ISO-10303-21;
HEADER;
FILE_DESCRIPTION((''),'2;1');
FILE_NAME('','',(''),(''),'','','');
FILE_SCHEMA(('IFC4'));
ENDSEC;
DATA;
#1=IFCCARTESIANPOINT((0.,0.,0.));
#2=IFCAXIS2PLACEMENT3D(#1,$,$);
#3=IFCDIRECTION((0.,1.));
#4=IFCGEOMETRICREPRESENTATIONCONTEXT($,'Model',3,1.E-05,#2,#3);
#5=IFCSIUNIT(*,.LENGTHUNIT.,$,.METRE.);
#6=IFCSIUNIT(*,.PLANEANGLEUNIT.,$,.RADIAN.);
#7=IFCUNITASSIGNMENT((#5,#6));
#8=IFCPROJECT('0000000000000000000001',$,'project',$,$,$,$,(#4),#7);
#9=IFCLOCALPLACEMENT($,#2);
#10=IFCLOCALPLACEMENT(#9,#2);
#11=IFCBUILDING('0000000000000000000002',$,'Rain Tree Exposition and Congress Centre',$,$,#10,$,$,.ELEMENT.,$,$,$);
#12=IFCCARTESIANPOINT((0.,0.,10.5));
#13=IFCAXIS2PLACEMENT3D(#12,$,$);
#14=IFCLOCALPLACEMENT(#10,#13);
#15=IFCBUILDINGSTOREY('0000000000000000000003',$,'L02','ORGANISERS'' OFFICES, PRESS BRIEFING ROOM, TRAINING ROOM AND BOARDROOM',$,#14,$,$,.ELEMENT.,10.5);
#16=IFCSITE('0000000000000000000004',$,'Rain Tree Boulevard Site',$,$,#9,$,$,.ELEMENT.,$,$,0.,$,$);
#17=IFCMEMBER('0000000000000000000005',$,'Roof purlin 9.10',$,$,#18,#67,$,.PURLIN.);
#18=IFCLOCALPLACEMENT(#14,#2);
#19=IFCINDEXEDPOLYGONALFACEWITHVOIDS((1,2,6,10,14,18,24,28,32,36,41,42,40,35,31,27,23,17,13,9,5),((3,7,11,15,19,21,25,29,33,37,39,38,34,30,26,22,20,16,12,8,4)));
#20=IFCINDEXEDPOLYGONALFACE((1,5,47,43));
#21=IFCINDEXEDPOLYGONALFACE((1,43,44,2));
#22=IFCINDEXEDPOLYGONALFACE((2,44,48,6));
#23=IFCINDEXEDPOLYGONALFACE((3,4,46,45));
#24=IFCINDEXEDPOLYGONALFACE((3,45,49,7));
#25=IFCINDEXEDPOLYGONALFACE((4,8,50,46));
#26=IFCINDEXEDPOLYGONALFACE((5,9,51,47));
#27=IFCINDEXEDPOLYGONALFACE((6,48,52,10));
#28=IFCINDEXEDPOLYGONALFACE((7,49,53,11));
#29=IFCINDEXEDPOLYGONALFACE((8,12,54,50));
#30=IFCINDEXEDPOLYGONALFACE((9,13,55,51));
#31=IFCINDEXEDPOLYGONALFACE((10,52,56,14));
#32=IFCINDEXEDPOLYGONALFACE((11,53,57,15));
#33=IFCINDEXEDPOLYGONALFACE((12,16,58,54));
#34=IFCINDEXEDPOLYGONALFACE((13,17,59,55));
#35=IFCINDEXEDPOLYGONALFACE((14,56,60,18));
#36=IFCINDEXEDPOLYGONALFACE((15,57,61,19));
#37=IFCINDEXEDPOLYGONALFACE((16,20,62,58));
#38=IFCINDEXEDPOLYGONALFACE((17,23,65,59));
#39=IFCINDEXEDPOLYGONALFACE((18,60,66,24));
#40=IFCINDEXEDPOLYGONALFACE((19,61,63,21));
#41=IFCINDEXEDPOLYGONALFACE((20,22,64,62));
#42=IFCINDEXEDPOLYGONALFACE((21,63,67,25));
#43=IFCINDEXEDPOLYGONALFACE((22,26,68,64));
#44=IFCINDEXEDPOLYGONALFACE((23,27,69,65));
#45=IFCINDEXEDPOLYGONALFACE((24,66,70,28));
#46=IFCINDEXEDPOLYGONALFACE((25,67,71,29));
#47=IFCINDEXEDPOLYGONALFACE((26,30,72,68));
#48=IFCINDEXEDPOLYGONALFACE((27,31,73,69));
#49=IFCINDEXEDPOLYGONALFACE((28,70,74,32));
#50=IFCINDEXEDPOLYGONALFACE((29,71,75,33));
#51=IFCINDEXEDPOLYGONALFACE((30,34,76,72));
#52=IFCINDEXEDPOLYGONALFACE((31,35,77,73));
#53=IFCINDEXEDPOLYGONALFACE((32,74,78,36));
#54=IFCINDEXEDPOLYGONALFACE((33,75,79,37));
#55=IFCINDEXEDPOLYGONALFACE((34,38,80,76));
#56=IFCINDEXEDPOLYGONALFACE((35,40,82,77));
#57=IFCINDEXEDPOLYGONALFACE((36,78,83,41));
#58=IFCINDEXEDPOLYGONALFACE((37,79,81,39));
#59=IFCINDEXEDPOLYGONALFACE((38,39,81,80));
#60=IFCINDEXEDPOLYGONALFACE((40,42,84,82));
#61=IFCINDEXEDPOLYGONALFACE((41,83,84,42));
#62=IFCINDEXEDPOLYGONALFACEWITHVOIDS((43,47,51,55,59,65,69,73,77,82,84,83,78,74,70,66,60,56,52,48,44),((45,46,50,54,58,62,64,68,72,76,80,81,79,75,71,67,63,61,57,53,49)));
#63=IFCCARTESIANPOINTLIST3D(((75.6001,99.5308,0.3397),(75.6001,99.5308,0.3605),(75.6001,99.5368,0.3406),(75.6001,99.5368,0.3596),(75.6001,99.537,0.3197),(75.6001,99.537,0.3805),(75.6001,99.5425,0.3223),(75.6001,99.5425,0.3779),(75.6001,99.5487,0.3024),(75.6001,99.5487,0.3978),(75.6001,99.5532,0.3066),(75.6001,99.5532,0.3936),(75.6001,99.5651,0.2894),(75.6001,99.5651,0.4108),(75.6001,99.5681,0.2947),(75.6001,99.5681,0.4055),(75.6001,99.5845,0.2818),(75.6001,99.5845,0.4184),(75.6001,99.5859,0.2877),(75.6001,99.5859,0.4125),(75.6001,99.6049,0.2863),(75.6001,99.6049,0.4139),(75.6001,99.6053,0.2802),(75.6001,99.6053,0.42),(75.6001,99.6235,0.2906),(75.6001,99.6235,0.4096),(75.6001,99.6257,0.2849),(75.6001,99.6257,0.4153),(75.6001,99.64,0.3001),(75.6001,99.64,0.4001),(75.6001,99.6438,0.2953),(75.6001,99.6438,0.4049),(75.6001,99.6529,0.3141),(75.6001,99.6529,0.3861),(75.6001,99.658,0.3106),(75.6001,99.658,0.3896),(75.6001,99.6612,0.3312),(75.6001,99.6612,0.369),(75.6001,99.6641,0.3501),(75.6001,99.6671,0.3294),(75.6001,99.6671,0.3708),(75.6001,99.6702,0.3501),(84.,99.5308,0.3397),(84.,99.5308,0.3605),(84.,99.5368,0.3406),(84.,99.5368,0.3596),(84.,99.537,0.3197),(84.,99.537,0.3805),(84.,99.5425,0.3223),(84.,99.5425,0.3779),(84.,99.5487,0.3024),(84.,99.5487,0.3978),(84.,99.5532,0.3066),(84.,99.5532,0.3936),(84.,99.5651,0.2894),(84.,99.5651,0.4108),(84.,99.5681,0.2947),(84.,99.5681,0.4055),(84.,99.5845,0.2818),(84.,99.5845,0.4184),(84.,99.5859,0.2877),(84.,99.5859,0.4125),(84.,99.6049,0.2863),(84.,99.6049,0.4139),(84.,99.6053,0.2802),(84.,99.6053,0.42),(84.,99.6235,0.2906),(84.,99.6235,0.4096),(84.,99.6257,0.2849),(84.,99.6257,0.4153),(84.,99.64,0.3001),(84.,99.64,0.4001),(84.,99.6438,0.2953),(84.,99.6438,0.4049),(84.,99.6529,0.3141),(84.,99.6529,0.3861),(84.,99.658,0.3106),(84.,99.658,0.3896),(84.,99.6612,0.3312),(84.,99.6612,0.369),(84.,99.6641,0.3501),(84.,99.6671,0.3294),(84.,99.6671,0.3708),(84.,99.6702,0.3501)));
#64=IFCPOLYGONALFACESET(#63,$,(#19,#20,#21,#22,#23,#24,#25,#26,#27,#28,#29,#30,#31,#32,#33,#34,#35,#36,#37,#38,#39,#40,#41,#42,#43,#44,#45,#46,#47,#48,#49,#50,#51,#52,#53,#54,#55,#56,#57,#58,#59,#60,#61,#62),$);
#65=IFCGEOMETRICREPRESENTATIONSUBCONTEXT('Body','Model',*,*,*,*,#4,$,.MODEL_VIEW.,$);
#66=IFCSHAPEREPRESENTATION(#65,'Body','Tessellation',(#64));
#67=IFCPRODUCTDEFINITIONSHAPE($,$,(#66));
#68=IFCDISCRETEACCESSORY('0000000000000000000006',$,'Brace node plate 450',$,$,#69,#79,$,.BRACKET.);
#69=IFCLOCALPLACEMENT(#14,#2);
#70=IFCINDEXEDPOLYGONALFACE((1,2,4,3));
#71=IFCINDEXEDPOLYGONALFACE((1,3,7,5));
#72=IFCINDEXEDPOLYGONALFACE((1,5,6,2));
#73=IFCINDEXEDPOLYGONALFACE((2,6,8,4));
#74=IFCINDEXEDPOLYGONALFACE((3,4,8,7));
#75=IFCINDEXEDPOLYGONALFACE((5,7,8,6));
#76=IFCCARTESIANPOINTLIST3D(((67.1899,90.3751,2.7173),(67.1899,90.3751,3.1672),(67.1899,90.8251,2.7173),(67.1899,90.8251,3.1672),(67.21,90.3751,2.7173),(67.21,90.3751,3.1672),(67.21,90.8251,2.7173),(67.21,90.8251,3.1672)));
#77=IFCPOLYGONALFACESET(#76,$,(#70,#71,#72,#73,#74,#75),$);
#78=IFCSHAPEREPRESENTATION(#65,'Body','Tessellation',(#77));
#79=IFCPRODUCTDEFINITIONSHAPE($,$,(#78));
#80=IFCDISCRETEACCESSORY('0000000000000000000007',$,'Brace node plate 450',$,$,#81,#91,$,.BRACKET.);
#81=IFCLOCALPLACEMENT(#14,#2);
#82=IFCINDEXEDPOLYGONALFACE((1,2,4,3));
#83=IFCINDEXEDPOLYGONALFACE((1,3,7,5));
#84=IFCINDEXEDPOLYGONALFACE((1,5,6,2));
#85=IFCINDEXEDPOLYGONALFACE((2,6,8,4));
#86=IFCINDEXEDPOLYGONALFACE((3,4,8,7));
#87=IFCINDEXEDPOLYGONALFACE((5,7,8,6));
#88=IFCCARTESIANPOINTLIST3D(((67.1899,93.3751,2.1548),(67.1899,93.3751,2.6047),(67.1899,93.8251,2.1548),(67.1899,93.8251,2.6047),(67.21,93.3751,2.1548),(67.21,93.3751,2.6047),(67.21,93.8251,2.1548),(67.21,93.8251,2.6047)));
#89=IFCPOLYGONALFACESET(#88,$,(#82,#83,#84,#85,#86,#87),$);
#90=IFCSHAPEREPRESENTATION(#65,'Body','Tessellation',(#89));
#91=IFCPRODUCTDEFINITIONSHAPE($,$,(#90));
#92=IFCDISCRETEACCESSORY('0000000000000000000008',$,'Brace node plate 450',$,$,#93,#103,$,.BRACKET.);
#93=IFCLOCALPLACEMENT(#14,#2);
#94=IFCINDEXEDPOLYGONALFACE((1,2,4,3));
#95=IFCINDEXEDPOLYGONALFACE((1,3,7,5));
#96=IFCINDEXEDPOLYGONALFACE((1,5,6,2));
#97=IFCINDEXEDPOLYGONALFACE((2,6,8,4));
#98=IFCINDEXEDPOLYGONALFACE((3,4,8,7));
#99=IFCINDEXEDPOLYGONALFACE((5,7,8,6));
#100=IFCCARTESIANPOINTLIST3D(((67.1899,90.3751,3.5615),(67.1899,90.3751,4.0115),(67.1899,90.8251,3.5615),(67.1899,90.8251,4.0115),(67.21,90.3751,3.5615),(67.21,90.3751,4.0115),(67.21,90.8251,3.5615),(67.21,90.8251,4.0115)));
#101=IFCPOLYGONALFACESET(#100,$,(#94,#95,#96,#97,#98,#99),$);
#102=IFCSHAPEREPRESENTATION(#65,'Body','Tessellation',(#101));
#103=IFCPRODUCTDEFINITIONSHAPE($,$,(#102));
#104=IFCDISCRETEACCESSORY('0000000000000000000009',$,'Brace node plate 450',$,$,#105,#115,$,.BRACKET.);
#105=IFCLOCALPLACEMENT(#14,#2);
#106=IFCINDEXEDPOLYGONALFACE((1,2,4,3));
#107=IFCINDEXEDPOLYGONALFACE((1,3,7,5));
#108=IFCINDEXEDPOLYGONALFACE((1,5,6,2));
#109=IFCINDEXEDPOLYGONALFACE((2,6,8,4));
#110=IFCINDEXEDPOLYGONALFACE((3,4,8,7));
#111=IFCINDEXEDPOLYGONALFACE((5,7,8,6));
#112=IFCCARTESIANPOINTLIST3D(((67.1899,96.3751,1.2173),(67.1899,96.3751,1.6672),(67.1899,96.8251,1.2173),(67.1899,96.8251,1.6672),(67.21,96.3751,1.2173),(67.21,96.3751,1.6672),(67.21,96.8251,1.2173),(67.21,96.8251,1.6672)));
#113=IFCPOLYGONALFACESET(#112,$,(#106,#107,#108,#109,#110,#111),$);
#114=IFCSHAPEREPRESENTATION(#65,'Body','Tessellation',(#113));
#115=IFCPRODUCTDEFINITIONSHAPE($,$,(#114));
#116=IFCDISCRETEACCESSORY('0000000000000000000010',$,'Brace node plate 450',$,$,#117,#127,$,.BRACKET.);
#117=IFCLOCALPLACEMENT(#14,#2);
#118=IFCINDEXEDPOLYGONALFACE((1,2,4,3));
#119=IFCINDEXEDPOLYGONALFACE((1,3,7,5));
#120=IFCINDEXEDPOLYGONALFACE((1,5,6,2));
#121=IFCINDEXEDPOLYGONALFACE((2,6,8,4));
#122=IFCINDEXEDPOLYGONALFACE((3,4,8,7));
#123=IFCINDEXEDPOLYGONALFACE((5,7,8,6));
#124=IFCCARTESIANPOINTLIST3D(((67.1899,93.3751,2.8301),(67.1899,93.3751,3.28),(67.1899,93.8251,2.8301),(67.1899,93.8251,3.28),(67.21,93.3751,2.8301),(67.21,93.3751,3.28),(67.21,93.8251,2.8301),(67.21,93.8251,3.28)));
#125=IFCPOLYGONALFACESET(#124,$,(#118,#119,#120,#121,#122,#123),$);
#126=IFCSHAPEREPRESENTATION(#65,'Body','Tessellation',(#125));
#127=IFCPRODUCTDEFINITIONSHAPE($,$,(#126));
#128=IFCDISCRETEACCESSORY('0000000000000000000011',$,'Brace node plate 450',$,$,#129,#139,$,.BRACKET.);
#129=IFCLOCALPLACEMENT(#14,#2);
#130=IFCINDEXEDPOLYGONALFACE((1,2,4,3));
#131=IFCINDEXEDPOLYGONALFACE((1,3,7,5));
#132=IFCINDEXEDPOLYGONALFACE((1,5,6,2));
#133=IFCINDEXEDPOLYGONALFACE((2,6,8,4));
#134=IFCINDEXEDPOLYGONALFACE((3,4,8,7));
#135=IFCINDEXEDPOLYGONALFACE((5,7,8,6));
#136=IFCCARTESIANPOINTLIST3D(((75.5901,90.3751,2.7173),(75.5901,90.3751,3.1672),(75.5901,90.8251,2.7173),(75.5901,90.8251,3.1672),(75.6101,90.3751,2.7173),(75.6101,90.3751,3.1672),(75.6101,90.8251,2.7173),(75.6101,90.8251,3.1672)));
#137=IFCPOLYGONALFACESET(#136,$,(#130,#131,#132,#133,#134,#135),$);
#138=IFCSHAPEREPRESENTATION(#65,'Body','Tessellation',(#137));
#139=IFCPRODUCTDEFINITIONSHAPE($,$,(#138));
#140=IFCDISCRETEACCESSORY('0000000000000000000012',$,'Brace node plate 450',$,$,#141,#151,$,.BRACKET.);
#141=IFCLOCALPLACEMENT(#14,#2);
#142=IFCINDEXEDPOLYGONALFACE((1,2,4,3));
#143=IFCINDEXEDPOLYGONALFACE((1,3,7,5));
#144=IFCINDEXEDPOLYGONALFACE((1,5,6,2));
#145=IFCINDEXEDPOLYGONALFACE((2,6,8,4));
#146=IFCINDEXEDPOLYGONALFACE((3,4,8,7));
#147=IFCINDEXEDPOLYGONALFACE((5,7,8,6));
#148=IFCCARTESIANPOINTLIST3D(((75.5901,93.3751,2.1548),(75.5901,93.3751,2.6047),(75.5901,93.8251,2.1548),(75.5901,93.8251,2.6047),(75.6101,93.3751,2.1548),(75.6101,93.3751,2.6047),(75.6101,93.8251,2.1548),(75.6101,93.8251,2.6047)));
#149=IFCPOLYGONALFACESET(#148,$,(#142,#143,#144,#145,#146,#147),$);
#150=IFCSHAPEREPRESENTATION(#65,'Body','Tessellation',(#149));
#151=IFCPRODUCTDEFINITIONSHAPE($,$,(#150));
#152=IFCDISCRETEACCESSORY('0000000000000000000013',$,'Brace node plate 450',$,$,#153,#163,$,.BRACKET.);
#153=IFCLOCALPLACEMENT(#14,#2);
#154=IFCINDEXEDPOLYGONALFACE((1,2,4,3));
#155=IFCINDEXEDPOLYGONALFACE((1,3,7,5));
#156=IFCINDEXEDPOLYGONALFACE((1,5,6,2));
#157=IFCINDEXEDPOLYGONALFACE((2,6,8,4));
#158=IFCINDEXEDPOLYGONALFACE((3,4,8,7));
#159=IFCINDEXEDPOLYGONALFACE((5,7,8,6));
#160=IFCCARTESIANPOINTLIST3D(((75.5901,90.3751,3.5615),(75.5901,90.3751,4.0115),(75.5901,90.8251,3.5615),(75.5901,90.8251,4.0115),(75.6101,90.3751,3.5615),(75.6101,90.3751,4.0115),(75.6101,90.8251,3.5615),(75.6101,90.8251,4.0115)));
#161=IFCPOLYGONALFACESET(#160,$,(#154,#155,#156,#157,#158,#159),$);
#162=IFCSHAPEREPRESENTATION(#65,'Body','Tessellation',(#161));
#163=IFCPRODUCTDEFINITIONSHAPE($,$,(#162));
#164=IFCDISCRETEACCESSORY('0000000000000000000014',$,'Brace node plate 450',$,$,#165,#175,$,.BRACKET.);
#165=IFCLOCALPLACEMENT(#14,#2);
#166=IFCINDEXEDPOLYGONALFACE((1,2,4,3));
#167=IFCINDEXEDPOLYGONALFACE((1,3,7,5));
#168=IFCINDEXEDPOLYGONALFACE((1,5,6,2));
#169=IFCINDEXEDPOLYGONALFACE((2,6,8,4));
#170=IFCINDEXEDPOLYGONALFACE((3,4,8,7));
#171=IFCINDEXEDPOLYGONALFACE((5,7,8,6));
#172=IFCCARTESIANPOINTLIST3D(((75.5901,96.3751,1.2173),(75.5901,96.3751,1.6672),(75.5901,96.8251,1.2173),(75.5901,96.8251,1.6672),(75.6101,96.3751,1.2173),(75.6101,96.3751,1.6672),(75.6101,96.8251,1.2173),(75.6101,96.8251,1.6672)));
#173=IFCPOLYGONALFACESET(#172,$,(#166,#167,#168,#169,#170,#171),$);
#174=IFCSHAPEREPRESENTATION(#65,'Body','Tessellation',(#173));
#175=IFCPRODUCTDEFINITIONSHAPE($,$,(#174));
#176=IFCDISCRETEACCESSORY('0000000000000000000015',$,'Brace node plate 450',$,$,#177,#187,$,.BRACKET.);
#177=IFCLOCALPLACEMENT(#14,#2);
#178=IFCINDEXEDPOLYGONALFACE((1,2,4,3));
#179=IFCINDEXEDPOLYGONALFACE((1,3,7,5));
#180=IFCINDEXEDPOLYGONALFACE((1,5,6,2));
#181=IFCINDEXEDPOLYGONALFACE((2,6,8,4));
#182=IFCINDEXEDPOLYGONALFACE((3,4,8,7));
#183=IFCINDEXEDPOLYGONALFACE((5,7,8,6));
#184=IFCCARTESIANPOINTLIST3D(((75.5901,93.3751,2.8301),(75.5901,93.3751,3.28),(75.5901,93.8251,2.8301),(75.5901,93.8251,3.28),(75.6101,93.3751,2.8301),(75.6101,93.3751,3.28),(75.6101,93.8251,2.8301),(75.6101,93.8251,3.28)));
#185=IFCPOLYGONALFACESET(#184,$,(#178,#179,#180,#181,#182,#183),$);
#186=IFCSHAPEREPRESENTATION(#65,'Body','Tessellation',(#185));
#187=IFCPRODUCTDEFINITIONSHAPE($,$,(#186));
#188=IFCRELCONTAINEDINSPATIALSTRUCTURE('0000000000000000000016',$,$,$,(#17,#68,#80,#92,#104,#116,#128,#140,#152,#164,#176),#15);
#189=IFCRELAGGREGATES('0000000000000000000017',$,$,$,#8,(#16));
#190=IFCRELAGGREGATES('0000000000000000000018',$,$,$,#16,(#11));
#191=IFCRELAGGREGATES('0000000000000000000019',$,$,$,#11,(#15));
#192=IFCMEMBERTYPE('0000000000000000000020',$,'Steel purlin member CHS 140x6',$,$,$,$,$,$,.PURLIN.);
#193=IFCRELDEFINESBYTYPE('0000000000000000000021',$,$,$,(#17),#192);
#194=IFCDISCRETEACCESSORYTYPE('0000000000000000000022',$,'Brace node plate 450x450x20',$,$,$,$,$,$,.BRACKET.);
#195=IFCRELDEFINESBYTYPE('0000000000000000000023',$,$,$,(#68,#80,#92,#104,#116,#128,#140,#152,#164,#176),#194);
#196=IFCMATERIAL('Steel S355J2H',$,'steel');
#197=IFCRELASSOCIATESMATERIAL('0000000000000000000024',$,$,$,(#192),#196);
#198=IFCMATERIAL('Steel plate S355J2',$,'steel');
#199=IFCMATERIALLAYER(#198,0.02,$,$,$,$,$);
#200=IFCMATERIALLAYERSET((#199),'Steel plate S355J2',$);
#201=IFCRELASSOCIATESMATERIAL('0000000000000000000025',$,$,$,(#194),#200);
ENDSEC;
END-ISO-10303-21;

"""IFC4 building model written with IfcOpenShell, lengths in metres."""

from ifc_helpers import new_model, si_unit, direction, frame, origin, origin_2d, place, context, subcontext, project, spatial, rectangle, hollow_circle, extrude, material, layer, layer_set, material_profile, profile_set, type_object, element, save


model = new_model("IFC4")

# Units and contexts
model_context = context("Model", 3, precision=1e-05, world=origin(), true_north=direction((0.0, 1.0)))
body_context = subcontext(model_context, "Body", "Model", "MODEL_VIEW")
ifc_project = project(units=[si_unit("LENGTHUNIT", "METRE"), si_unit("PLANEANGLEUNIT", "RADIAN")], contexts=[model_context])

# Site, building, storey
site_placement = place(None, origin())
site = spatial("IfcSite", under=ifc_project, at=site_placement, Name="Rain Tree Boulevard Site", CompositionType="ELEMENT", RefElevation=0.0)
building_placement = place(site_placement, origin())
building = spatial("IfcBuilding", under=site, at=building_placement, Name="Rain Tree Exposition and Congress Centre", CompositionType="ELEMENT")
storey_placement = place(building_placement, frame((0.0, 0.0, 10.5)))
storey = spatial("IfcBuildingStorey", under=building, at=storey_placement, Name="L02", Description="ORGANISERS' OFFICES, PRESS BRIEFING ROOM, TRAINING ROOM AND BOARDROOM", CompositionType="ELEMENT", Elevation=10.5)

# Member
ifc_material_1 = material(Name="Steel S355J2H", Category="steel")
ifc_material_profile_1 = material_profile(ifc_material_1, hollow_circle(Radius=0.0701, WallThickness=0.0061, at=origin_2d()), Name="CHS 140x6")
ifc_profile_set_1 = profile_set([ifc_material_profile_1], Name="Steel S355J2H")
member_type_1 = type_object("IfcMemberType", Name="Steel purlin member CHS 140x6", PredefinedType="PURLIN", material=ifc_profile_set_1)
member_1_placement = place(storey_placement, frame((75.6001, 99.6001, 0.3501), z_axis=(1.0, 0.0, 0.0), x_axis=(0.0, 1.0, 0.0)))
element("IfcMember", 1, at=member_1_placement, inside=storey, type_object=member_type_1, Name="Roof purlin 9.10", PredefinedType="PURLIN", context=body_context, shape_type="SweptSolid", body=[
    extrude(hollow_circle(Radius=0.0701, WallThickness=0.0061, at=origin_2d()), origin(), (0.0, 0.0, 1.0), 8.3999),
])

# Discrete accessories
ifc_material_2 = material(Name="Steel plate S355J2", Category="steel")
ifc_layer = layer(ifc_material_2, 0.02)
ifc_layer_set = layer_set([ifc_layer], Name="Steel plate S355J2")
discrete_accessory_type = type_object("IfcDiscreteAccessoryType", Name="Brace node plate 450x450x20", PredefinedType="BRACKET", material=ifc_layer_set)
for number, where, z_axis, x_axis, name in (
    (2, (67.2, 90.6001, 2.7173), (0.0, 0.0, 1.0), (0.0, -1.0, 0.0), "Brace node plate 450"),
    (3, (67.2, 93.6001, 2.1548), (0.0, 0.0, 1.0), (0.0, -1.0, 0.0), "Brace node plate 450"),
    (4, (67.2, 90.6001, 3.5615), (0.0, 0.0, 1.0), (0.0, 1.0, 0.0), "Brace node plate 450"),
    (5, (67.2, 96.6001, 1.2173), (0.0, 0.0, 1.0), (0.0, -1.0, 0.0), "Brace node plate 450"),
    (6, (67.2, 93.6001, 2.8301), (0.0, 0.0, 1.0), (0.0, 1.0, 0.0), "Brace node plate 450"),
    (7, (75.6001, 90.6001, 2.7173), (0.0, 0.0, 1.0), (0.0, -1.0, 0.0), "Brace node plate 450"),
    (8, (75.6001, 93.6001, 2.1548), (0.0, 0.0, 1.0), (0.0, -1.0, 0.0), "Brace node plate 450"),
    (9, (75.6001, 90.6001, 3.5615), (0.0, 0.0, 1.0), (0.0, 1.0, 0.0), "Brace node plate 450"),
    (10, (75.6001, 96.6001, 1.2173), (0.0, 0.0, 1.0), (0.0, -1.0, 0.0), "Brace node plate 450"),
    (11, (75.6001, 93.6001, 2.8301), (0.0, 0.0, 1.0), (0.0, 1.0, 0.0), "Brace node plate 450"),
):
    element("IfcDiscreteAccessory", number, at=place(storey_placement, frame(where, z_axis=z_axis, x_axis=x_axis)), inside=storey, type_object=discrete_accessory_type, Name=name, PredefinedType="BRACKET", context=body_context, shape_type="SweptSolid", body=[
        extrude(rectangle(XDim=0.45, YDim=0.02, at=origin_2d()), origin(), (0.0, 0.0, 1.0), 0.45),
    ])

save(model, "model.ifc")
